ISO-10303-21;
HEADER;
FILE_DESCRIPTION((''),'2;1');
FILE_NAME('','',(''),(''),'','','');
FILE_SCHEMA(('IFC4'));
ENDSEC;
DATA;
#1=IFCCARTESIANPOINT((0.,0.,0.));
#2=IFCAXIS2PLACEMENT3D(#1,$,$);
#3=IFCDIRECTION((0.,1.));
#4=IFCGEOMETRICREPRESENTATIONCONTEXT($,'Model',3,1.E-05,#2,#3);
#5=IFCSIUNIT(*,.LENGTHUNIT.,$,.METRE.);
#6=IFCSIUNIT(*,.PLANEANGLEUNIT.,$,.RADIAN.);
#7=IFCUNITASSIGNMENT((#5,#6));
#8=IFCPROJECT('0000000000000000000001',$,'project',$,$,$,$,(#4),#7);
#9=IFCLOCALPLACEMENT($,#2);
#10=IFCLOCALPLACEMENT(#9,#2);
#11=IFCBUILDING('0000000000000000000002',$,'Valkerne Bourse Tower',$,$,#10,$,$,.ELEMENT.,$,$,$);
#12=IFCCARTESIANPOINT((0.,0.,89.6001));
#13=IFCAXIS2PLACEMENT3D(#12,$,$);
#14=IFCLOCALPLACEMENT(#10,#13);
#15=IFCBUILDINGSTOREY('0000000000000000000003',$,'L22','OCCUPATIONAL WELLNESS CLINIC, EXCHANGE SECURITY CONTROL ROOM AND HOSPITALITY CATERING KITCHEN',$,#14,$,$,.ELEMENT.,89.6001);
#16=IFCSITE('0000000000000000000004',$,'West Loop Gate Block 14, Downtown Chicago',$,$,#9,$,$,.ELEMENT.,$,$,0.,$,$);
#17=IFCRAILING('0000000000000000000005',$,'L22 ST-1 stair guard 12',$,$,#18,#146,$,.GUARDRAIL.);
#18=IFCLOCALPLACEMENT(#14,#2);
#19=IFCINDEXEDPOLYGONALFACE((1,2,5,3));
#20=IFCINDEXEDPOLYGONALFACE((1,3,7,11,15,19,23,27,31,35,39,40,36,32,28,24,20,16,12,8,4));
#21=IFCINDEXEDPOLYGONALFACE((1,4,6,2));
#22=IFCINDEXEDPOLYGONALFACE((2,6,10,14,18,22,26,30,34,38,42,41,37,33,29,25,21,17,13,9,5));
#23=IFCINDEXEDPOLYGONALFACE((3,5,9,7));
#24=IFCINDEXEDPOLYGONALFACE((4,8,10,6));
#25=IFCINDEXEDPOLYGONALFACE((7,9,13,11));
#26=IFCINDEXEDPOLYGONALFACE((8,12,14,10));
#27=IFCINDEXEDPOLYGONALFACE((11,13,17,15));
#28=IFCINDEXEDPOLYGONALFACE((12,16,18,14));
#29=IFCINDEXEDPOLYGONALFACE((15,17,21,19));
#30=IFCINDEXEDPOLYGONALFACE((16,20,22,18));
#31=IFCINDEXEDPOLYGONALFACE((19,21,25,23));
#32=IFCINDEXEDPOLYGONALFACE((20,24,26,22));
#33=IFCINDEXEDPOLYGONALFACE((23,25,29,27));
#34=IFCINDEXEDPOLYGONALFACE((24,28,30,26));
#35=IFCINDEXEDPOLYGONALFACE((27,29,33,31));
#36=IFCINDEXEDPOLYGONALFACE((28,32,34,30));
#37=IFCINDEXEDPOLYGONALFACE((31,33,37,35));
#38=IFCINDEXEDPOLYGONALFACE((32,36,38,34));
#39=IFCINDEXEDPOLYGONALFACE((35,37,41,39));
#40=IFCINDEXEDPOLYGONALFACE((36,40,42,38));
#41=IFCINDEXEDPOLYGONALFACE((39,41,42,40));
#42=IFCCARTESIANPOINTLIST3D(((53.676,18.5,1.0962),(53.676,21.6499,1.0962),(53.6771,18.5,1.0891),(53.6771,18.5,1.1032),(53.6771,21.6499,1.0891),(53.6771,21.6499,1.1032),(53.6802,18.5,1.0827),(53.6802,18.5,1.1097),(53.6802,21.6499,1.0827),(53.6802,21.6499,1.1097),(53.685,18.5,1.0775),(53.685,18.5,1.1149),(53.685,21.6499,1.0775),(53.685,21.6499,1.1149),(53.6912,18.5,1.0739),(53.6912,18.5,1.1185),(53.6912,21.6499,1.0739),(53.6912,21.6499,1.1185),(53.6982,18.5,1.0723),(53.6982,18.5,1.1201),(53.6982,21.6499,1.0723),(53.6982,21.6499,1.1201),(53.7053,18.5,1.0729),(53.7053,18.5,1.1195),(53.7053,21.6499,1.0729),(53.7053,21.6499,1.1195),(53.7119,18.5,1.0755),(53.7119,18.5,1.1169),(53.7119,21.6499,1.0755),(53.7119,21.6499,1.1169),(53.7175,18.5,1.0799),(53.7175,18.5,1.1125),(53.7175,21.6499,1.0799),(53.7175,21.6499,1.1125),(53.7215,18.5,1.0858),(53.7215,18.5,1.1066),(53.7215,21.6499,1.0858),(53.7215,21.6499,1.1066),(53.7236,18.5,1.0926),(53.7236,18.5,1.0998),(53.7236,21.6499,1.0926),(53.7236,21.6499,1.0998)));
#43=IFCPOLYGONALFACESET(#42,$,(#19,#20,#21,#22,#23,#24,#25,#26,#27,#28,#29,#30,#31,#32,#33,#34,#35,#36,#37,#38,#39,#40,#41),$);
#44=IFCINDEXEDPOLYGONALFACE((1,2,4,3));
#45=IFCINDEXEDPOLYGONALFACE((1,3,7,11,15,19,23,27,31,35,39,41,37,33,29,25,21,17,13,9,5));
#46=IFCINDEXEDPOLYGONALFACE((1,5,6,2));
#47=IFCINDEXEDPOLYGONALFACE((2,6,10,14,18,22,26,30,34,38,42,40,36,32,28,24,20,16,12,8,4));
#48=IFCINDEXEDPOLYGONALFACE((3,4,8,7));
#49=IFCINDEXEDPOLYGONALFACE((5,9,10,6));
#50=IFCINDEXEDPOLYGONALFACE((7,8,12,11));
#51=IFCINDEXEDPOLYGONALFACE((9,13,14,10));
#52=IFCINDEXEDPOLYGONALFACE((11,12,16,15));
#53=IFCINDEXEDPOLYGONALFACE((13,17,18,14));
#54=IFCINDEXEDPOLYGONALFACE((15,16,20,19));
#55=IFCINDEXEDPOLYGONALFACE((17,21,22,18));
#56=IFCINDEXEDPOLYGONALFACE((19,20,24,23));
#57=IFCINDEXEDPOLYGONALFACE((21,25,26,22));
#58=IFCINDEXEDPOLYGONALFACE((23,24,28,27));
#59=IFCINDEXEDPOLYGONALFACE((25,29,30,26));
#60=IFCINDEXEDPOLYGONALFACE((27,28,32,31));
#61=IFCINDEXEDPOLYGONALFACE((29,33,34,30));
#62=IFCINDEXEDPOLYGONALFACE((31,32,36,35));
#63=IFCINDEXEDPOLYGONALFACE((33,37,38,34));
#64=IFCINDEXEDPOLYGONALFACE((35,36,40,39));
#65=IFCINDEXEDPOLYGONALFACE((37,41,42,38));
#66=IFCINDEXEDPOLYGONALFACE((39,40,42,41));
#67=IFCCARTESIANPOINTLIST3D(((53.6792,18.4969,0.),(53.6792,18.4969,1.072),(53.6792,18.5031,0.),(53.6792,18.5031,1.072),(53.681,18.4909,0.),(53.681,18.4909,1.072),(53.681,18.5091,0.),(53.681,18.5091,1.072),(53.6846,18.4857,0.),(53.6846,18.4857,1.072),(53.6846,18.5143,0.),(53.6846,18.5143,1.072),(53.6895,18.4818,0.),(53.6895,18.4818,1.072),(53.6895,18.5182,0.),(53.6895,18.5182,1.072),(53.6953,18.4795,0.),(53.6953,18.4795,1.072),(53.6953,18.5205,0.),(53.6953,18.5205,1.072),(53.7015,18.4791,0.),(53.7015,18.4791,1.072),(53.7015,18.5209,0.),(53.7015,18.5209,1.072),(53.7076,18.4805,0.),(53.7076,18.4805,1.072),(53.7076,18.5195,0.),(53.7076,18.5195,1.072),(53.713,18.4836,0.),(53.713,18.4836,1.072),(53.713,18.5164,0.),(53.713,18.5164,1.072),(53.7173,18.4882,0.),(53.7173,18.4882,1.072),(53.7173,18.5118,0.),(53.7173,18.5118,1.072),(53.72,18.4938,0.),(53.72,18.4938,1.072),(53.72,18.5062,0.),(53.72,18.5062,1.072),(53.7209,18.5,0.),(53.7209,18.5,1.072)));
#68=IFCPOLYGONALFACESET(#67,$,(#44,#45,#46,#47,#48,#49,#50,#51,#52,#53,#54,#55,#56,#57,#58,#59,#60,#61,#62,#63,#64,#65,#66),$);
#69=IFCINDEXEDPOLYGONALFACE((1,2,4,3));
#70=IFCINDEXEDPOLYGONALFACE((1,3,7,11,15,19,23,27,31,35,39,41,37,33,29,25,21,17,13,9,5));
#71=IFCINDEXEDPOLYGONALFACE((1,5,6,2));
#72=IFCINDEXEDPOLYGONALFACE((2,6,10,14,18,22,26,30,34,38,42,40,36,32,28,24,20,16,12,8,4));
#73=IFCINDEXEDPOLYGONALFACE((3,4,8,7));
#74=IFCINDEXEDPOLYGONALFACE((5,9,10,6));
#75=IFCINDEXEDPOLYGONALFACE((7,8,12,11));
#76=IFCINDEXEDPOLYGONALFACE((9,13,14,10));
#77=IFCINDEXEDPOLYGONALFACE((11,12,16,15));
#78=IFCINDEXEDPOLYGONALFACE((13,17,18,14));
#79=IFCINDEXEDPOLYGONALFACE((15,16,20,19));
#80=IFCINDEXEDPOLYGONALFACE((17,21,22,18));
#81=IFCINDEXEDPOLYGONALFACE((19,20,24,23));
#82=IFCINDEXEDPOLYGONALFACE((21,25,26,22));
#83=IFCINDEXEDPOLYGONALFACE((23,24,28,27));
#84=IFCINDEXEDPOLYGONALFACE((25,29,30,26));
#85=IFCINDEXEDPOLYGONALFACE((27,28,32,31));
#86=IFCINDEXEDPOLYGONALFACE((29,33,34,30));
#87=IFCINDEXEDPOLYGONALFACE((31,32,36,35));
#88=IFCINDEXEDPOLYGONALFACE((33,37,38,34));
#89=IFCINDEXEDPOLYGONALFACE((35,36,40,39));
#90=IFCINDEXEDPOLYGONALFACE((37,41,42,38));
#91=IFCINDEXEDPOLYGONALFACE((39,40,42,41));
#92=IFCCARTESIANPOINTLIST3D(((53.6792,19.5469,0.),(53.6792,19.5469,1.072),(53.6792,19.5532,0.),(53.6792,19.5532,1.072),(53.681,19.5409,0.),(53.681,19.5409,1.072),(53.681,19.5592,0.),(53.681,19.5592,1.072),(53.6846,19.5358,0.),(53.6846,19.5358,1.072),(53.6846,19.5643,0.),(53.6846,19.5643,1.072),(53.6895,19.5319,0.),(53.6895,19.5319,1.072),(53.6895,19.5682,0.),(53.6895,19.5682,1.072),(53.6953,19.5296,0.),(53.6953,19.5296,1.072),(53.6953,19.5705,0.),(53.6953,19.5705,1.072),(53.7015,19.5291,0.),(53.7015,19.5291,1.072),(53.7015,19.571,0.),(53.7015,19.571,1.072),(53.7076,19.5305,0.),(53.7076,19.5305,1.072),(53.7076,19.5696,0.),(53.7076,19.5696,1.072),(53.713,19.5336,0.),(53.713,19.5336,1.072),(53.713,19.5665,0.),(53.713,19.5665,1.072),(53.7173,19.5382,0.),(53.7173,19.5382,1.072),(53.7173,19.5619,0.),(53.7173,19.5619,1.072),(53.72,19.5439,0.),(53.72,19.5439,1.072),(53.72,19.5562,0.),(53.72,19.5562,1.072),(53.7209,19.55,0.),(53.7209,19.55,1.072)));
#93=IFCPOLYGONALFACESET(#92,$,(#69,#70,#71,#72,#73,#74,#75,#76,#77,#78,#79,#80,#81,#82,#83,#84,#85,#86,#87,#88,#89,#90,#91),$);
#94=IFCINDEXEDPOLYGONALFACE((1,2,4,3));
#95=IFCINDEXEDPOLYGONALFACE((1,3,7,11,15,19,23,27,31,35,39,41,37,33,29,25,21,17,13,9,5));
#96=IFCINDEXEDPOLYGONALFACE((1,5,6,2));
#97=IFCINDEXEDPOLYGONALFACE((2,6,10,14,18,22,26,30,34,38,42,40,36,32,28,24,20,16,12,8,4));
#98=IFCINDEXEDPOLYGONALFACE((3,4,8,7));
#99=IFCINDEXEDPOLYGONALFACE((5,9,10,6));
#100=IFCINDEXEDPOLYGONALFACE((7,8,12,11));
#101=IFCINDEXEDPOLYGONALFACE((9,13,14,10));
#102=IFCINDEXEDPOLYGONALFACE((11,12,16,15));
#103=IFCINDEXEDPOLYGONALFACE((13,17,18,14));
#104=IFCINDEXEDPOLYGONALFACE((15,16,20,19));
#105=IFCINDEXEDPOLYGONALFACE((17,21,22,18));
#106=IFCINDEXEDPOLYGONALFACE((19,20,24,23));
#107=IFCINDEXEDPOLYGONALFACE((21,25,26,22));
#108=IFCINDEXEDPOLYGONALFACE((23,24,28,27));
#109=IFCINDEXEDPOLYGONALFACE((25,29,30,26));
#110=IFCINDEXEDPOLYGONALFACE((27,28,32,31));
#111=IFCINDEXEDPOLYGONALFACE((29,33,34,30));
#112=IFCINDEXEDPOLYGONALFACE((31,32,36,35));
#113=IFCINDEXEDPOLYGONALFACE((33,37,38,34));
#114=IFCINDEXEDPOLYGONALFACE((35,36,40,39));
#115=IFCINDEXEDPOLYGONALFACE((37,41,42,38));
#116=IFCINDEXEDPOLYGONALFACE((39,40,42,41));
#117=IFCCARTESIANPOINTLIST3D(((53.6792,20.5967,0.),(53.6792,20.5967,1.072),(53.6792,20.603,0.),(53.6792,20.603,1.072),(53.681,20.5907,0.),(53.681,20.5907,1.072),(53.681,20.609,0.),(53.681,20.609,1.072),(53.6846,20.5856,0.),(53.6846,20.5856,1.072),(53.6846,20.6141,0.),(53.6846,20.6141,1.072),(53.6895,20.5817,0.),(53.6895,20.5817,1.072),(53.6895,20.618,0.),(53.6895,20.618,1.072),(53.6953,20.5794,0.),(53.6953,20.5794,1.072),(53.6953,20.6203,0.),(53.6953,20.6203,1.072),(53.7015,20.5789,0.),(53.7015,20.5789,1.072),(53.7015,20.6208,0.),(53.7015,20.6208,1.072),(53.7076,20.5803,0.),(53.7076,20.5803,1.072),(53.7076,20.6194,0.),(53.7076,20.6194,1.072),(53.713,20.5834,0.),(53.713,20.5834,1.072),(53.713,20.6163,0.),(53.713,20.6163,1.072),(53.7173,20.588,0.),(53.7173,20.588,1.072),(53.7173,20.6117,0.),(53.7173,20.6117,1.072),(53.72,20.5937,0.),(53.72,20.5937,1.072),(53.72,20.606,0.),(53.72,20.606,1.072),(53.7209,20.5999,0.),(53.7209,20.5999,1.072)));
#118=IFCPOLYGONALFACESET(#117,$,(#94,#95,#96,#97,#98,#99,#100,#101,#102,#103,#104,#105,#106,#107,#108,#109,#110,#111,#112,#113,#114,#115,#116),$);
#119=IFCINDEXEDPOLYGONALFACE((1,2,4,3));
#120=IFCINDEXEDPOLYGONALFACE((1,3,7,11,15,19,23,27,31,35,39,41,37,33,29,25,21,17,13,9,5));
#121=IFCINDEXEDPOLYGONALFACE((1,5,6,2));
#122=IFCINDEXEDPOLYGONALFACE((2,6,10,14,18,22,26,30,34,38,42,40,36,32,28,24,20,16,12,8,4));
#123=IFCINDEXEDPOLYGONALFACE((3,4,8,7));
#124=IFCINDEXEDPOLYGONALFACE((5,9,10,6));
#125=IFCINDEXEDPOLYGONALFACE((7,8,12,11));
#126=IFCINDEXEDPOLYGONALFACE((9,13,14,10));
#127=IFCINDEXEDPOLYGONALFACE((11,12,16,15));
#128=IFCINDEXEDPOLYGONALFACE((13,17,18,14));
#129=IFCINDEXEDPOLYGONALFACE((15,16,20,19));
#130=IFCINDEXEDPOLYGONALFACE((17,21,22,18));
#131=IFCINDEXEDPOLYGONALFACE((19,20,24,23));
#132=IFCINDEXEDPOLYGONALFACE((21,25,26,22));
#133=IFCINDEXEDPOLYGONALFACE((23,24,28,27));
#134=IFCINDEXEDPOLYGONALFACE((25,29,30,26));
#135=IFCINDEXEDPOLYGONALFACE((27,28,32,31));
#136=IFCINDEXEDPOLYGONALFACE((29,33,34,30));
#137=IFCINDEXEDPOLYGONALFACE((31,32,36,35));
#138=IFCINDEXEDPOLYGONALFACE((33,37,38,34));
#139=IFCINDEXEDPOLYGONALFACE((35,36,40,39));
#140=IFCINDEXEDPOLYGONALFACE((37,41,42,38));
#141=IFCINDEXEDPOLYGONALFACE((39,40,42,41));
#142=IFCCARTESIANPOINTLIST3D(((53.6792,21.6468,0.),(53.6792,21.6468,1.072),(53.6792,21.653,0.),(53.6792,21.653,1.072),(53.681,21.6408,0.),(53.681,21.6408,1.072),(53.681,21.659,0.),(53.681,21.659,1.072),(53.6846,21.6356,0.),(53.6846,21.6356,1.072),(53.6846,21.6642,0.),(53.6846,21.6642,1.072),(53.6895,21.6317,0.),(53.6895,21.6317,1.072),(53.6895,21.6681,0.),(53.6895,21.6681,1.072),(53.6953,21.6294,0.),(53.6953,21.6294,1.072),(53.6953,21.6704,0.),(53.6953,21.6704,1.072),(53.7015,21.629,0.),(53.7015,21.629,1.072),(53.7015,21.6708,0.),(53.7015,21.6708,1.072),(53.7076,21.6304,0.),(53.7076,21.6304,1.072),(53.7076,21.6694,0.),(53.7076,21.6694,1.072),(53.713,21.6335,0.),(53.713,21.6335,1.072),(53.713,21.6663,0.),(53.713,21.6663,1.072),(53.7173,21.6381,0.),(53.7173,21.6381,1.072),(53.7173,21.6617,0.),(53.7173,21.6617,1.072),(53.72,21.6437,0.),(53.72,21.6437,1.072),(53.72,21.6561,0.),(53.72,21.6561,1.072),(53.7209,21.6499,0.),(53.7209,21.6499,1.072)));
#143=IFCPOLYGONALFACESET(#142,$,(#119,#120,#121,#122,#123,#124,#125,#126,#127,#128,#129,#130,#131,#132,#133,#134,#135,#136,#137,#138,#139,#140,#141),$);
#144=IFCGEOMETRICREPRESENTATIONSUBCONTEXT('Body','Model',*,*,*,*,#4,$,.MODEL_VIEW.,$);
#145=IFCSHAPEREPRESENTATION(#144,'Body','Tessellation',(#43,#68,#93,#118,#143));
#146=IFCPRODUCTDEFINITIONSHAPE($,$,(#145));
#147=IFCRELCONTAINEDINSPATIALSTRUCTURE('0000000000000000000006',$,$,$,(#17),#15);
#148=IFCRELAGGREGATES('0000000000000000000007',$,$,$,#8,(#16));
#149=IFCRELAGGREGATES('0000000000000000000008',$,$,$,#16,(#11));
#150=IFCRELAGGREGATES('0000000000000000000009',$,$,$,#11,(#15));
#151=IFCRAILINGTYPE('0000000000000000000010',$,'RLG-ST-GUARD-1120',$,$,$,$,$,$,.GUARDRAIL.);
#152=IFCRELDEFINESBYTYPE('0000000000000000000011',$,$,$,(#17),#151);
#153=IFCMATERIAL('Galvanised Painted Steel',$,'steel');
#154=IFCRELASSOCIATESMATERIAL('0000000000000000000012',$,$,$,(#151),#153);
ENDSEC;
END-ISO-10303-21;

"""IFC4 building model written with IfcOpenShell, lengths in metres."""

from ifc_helpers import new_model, si_unit, direction, frame, origin, origin_2d, place, context, subcontext, project, spatial, circle, extrude, material, type_object, element, save


model = new_model("IFC4")

# Units and contexts
model_context = context("Model", 3, precision=1e-05, world=origin(), true_north=direction((0.0, 1.0)))
body_context = subcontext(model_context, "Body", "Model", "MODEL_VIEW")
ifc_project = project(units=[si_unit("LENGTHUNIT", "METRE"), si_unit("PLANEANGLEUNIT", "RADIAN")], contexts=[model_context])

# Site, building, storey
site_placement = place(None, origin())
site = spatial("IfcSite", under=ifc_project, at=site_placement, Name="West Loop Gate Block 14, Downtown Chicago", CompositionType="ELEMENT", RefElevation=0.0)
building_placement = place(site_placement, origin())
building = spatial("IfcBuilding", under=site, at=building_placement, Name="Valkerne Bourse Tower", CompositionType="ELEMENT")
storey_placement = place(building_placement, frame((0.0, 0.0, 89.6001)))
storey = spatial("IfcBuildingStorey", under=building, at=storey_placement, Name="L22", Description="OCCUPATIONAL WELLNESS CLINIC, EXCHANGE SECURITY CONTROL ROOM AND HOSPITALITY CATERING KITCHEN", CompositionType="ELEMENT", Elevation=89.6001)

# Railing
ifc_material_1 = material(Name="Galvanised Painted Steel", Category="steel")
railing_type = type_object("IfcRailingType", Name="RLG-ST-GUARD-1120", PredefinedType="GUARDRAIL", material=ifc_material_1)
railing_placement = place(storey_placement, frame((53.7, 18.5, 0.0)))
element("IfcRailing", 1, at=railing_placement, inside=storey, type_object=railing_type, Name="L22 ST-1 stair guard 12", PredefinedType="GUARDRAIL", context=body_context, shape_type="SweptSolid", body=[
    extrude(circle(Radius=0.0239, at=origin_2d()), frame((0.0, 0.0, 1.0962), z_axis=(0.0, 1.0, 0.0), x_axis=(-1.0, 0.0, 0.0)), (0.0, 0.0, 1.0), 3.1499),
    extrude(circle(Radius=0.021, at=origin_2d()), origin(), (0.0, 0.0, 1.0), 1.072),
    extrude(circle(Radius=0.021, at=origin_2d()), frame((0.0, 1.05, 0.0)), (0.0, 0.0, 1.0), 1.072),
    extrude(circle(Radius=0.021, at=origin_2d()), frame((0.0, 2.0999, 0.0)), (0.0, 0.0, 1.0), 1.072),
    extrude(circle(Radius=0.021, at=origin_2d()), frame((0.0, 3.1499, 0.0)), (0.0, 0.0, 1.0), 1.072),
])

save(model, "model.ifc")
